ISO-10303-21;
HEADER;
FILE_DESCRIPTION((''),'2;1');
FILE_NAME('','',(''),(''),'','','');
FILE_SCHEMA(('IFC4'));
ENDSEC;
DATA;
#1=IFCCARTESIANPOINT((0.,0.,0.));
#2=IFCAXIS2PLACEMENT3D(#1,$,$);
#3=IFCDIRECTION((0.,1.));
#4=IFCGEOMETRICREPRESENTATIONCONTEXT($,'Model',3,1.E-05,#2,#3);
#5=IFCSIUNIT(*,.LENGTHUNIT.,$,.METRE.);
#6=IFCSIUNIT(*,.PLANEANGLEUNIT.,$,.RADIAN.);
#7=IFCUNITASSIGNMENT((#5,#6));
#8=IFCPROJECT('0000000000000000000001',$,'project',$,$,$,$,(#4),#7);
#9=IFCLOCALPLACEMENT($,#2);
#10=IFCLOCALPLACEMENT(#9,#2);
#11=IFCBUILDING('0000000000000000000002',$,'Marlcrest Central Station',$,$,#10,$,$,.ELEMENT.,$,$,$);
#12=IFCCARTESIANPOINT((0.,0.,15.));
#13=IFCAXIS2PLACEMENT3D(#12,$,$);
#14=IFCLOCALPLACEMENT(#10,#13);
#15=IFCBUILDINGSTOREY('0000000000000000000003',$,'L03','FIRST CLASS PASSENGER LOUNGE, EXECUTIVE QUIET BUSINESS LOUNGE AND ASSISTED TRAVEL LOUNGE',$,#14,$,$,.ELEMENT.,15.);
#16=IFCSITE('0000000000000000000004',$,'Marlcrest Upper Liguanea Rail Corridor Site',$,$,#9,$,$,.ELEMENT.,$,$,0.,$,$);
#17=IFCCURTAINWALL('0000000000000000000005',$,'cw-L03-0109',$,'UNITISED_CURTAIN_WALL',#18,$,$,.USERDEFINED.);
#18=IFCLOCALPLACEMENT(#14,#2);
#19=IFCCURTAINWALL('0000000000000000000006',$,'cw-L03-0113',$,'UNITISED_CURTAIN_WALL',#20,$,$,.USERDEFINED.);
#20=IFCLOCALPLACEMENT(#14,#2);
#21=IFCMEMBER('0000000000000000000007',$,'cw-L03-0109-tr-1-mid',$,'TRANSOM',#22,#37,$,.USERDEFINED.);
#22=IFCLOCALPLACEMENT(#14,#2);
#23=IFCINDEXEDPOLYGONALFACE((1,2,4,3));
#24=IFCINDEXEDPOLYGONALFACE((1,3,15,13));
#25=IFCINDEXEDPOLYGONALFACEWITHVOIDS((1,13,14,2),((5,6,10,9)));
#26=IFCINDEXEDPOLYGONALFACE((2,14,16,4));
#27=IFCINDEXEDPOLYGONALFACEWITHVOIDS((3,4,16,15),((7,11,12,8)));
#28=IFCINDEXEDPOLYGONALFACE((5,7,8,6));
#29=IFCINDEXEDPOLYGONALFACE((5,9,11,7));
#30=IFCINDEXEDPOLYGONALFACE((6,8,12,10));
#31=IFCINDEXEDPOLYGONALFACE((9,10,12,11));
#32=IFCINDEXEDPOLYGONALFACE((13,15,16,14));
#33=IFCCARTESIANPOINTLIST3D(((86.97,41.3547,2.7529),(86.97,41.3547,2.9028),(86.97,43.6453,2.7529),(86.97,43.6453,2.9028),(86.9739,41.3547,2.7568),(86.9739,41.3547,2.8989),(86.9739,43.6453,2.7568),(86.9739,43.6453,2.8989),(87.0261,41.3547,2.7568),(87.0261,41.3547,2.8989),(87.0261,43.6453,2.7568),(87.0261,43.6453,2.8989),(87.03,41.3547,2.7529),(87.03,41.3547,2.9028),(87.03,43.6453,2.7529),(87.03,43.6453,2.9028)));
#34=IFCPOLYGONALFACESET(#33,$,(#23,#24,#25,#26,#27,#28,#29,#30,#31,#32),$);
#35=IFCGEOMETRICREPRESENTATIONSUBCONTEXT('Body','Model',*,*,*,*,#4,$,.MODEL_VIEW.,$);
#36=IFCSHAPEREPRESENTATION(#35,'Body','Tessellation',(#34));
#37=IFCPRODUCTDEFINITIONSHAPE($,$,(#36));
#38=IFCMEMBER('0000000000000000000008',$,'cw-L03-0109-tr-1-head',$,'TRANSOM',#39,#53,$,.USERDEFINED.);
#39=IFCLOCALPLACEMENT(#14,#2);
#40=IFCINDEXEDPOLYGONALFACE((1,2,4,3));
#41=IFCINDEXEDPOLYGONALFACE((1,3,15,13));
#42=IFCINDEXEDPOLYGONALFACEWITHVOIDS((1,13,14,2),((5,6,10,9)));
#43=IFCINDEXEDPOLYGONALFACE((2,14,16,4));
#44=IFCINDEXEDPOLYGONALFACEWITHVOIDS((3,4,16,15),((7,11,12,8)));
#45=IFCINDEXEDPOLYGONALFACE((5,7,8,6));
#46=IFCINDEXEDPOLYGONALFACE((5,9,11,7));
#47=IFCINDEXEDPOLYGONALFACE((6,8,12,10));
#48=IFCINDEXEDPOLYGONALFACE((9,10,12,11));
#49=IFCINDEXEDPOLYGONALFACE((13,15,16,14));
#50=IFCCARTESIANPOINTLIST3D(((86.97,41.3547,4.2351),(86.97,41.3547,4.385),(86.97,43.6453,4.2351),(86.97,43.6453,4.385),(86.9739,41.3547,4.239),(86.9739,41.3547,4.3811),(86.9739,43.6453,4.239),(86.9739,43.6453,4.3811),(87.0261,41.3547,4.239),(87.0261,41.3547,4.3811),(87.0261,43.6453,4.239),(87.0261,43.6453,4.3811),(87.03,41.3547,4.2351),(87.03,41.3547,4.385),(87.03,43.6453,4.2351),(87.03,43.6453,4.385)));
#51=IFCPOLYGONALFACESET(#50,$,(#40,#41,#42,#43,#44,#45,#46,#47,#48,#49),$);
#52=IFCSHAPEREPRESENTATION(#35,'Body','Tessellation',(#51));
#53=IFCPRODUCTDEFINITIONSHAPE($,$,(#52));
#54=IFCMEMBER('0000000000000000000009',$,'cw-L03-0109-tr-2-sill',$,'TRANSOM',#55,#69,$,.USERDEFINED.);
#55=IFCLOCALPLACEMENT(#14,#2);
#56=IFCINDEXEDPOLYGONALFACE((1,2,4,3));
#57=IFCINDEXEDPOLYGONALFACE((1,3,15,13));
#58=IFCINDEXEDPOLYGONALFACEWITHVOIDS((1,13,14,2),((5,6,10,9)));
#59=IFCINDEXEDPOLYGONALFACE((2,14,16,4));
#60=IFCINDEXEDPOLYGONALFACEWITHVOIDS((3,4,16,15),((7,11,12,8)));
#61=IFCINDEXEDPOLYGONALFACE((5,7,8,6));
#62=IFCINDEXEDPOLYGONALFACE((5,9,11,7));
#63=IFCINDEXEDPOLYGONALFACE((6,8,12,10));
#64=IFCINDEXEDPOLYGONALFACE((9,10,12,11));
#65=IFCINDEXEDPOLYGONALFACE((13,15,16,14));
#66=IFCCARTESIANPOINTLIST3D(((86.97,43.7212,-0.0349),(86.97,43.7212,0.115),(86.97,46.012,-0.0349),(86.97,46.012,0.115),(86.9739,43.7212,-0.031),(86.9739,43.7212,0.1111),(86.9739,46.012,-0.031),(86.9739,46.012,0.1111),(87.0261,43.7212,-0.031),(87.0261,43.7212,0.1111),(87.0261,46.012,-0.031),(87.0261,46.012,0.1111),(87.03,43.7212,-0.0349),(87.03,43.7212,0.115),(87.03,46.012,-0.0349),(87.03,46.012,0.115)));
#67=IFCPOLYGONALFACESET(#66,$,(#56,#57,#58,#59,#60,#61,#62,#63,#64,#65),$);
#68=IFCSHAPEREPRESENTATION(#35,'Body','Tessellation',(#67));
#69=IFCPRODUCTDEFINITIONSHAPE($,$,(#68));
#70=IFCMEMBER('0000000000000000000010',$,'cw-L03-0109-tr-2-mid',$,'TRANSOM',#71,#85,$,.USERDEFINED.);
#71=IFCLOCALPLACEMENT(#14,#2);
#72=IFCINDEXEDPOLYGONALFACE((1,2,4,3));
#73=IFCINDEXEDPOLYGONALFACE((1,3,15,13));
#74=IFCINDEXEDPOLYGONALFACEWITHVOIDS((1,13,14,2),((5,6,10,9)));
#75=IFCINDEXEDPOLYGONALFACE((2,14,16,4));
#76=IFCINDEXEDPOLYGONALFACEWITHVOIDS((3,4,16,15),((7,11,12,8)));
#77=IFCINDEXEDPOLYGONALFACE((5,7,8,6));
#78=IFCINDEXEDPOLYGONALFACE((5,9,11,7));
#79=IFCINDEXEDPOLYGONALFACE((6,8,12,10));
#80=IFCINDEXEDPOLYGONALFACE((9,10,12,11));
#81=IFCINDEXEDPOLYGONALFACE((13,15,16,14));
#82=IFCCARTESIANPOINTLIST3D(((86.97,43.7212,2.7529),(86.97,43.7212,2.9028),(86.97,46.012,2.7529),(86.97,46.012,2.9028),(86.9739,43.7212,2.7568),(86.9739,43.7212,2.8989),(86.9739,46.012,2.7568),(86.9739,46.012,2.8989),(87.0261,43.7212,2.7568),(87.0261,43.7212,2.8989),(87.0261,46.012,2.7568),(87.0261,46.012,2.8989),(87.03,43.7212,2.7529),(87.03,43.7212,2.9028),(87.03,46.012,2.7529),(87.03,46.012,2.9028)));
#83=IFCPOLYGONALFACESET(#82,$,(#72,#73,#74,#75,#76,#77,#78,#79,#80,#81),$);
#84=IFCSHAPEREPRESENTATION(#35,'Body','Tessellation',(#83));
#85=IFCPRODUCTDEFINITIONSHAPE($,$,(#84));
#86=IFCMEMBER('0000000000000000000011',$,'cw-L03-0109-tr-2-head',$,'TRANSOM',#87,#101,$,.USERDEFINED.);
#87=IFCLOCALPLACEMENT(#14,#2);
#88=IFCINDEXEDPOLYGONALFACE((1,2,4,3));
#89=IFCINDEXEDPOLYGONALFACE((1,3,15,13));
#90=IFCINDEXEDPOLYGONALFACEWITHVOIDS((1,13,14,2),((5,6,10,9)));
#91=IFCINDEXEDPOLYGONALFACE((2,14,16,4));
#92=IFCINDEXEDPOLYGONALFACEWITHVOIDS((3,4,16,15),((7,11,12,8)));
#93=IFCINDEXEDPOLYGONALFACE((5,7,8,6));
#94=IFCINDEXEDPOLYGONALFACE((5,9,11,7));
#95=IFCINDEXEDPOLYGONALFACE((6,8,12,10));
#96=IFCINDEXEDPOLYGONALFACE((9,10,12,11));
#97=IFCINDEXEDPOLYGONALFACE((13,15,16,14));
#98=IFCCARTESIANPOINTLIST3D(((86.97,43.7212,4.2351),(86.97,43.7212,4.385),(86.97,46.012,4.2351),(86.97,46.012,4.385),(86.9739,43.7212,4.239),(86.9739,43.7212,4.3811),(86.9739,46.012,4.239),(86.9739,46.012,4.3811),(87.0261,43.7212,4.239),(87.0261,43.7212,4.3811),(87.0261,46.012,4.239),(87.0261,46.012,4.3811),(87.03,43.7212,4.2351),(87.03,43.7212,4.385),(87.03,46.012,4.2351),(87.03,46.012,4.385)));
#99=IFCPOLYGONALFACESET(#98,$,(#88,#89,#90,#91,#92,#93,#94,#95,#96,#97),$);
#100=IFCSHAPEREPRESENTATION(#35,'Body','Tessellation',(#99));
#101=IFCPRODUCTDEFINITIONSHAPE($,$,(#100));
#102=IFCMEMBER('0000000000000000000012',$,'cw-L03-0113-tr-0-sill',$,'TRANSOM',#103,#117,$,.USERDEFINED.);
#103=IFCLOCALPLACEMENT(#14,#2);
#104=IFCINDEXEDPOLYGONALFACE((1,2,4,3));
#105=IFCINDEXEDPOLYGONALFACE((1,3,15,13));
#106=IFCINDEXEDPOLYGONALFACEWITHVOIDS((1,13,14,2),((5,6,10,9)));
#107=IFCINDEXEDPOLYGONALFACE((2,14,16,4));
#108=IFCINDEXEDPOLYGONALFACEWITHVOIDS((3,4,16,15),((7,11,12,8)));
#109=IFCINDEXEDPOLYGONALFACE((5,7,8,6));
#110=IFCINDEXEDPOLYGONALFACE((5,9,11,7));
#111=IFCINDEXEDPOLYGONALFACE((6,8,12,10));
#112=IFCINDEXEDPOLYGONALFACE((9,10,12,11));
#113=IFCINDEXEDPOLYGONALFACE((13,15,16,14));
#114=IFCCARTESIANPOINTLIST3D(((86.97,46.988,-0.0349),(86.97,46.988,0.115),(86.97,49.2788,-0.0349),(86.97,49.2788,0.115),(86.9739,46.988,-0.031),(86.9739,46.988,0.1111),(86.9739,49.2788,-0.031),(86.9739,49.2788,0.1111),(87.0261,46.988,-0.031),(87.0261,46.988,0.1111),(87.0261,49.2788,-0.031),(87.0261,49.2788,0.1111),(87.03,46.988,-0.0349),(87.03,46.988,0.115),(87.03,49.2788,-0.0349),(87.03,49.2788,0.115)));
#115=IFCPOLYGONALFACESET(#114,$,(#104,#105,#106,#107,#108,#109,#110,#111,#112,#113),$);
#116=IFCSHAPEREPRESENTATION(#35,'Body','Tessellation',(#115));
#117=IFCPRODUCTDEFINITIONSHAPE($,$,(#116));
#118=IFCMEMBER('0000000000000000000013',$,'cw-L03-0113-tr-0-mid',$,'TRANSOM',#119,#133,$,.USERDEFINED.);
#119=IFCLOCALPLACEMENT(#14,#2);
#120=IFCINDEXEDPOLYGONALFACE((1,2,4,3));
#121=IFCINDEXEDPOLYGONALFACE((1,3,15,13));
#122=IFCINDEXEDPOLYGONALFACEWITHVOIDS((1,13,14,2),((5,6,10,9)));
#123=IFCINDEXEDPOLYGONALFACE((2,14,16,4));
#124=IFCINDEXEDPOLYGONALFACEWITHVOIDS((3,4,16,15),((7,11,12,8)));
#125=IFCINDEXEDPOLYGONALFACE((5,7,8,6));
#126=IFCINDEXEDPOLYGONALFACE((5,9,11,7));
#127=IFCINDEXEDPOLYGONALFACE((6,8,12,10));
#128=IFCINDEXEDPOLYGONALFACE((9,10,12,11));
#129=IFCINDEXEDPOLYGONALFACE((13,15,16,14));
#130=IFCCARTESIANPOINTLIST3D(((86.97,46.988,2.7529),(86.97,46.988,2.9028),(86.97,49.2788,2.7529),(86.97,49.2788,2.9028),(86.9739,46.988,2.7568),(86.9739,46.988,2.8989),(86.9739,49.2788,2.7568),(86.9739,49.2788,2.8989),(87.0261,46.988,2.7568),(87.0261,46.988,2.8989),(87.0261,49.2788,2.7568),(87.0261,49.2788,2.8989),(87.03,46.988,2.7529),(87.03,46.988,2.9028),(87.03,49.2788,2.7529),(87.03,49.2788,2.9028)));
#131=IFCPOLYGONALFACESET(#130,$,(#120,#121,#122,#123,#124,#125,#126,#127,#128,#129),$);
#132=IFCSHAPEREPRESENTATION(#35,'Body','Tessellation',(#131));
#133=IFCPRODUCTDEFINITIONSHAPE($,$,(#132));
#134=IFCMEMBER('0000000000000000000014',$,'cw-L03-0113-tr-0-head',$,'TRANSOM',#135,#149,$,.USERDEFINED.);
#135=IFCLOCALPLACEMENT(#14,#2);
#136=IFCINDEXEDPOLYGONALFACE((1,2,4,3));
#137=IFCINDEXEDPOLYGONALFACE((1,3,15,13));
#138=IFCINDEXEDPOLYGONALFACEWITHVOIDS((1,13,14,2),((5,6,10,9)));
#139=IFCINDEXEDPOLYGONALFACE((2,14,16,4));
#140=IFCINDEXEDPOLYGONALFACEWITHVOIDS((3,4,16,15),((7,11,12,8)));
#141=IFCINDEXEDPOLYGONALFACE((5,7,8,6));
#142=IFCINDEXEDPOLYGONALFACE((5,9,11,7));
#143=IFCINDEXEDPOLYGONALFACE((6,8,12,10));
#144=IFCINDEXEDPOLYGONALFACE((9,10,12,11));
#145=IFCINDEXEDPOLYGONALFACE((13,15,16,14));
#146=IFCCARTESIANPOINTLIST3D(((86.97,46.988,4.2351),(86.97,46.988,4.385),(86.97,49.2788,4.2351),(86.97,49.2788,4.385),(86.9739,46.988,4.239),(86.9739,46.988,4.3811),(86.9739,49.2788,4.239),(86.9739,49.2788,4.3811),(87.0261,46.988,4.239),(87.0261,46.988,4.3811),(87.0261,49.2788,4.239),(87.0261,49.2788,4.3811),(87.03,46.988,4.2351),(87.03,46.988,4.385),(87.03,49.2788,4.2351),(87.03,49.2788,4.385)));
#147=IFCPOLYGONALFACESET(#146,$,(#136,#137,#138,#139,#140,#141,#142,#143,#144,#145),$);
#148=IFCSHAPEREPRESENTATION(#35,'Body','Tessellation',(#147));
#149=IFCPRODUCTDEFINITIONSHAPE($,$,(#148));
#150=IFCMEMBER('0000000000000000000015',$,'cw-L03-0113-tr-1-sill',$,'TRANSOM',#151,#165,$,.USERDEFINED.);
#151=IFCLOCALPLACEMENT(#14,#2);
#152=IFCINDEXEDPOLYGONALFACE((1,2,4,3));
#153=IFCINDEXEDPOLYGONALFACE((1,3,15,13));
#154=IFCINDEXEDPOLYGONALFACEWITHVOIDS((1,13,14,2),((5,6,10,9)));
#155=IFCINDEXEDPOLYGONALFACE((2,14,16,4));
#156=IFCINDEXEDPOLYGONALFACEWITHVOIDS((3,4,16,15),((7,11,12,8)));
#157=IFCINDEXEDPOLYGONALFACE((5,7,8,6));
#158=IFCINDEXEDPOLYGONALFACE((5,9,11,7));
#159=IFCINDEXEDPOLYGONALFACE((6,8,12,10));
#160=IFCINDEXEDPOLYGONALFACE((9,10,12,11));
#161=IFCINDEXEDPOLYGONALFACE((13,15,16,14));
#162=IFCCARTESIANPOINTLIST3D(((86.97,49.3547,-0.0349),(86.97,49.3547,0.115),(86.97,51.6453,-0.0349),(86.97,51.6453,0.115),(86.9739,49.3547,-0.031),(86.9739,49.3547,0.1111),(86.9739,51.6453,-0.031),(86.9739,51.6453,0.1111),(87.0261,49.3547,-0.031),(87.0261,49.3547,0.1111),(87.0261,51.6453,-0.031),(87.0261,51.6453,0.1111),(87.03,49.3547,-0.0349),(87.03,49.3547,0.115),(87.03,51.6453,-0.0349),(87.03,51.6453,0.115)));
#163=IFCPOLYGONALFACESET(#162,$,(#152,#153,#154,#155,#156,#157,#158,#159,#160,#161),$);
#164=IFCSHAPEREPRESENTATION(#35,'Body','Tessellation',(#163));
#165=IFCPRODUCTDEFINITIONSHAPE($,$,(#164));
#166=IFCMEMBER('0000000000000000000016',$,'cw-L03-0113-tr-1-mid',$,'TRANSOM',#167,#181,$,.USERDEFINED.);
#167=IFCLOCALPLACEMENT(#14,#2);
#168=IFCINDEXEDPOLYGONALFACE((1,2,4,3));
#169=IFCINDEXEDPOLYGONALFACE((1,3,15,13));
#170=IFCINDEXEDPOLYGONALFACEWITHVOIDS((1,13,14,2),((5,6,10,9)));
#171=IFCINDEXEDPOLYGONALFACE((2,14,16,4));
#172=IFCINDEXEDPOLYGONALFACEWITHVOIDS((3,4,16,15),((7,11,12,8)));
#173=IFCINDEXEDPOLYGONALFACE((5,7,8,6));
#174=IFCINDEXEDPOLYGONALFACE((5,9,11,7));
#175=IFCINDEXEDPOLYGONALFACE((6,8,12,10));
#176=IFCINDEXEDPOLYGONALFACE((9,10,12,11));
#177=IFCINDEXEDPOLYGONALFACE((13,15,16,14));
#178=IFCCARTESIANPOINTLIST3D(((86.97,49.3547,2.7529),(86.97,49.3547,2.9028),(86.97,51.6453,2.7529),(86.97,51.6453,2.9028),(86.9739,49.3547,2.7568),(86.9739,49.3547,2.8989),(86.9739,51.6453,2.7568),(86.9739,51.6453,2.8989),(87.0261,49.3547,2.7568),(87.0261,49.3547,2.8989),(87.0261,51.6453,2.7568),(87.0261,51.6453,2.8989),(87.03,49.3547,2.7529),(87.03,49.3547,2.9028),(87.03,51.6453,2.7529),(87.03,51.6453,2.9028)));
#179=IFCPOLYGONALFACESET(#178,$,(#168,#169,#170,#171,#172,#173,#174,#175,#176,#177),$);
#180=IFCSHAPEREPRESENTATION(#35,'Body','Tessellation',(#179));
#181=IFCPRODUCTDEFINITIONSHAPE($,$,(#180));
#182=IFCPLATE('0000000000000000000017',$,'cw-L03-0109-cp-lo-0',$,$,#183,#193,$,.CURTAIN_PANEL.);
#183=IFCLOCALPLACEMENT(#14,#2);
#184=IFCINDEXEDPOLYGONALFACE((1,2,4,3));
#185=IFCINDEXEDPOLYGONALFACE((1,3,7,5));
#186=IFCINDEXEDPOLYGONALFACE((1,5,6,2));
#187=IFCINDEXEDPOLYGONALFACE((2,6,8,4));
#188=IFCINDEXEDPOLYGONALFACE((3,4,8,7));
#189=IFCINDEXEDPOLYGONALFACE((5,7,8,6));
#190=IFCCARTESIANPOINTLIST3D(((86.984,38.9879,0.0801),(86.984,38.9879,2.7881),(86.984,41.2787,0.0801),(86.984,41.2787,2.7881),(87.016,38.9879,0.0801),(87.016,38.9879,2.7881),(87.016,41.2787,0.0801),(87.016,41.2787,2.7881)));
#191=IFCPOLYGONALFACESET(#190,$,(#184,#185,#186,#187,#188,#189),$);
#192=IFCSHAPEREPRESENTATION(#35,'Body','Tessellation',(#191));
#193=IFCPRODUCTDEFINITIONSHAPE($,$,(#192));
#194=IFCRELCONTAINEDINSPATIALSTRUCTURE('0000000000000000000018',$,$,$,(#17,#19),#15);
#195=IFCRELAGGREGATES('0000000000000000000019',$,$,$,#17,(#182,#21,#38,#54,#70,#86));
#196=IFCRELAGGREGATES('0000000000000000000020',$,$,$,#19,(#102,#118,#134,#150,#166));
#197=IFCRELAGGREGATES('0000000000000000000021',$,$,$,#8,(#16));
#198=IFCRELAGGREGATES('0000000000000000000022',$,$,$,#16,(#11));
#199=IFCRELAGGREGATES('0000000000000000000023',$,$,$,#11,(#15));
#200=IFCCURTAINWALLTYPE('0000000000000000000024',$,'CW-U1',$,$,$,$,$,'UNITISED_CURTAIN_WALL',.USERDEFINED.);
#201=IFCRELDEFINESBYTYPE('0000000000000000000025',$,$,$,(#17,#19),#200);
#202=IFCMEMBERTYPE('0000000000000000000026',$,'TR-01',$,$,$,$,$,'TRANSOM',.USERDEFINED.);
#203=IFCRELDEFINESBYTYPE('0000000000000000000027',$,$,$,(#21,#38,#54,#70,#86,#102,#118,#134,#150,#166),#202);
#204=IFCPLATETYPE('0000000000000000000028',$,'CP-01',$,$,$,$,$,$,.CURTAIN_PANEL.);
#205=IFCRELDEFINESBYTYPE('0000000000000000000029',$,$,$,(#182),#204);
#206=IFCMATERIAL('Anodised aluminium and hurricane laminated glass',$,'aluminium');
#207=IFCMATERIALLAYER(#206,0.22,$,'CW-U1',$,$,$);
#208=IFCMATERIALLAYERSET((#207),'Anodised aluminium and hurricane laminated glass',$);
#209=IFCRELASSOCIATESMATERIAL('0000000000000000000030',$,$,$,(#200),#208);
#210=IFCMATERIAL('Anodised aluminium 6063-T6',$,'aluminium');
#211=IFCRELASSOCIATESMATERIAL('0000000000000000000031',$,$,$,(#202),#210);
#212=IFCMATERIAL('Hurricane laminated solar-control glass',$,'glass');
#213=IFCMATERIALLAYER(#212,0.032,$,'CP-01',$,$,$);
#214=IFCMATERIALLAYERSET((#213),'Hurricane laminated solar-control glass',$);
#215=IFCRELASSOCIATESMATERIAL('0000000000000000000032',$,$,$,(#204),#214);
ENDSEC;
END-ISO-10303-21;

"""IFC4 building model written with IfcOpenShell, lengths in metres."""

from ifc_helpers import new_model, si_unit, direction, frame, origin, origin_2d, place, context, subcontext, project, spatial, rectangle, hollow_rectangle, extrude, material, layer, layer_set, material_profile, profile_set, type_object, element, aggregate, save


model = new_model("IFC4")

# Units and contexts
model_context = context("Model", 3, precision=1e-05, world=origin(), true_north=direction((0.0, 1.0)))
body_context = subcontext(model_context, "Body", "Model", "MODEL_VIEW")
ifc_project = project(units=[si_unit("LENGTHUNIT", "METRE"), si_unit("PLANEANGLEUNIT", "RADIAN")], contexts=[model_context])

# Site, building, storey
site_placement = place(None, origin())
site = spatial("IfcSite", under=ifc_project, at=site_placement, Name="Marlcrest Upper Liguanea Rail Corridor Site", CompositionType="ELEMENT", RefElevation=0.0)
building_placement = place(site_placement, origin())
building = spatial("IfcBuilding", under=site, at=building_placement, Name="Marlcrest Central Station", CompositionType="ELEMENT")
storey_placement = place(building_placement, frame((0.0, 0.0, 15.0)))
storey = spatial("IfcBuildingStorey", under=building, at=storey_placement, Name="L03", Description="FIRST CLASS PASSENGER LOUNGE, EXECUTIVE QUIET BUSINESS LOUNGE AND ASSISTED TRAVEL LOUNGE", CompositionType="ELEMENT", Elevation=15.0)

# Shared definitions
ifc_material_1 = material(Name="Anodised aluminium and hurricane laminated glass", Category="aluminium")
ifc_layer_1 = layer(ifc_material_1, 0.22, Name="CW-U1")
ifc_layer_set_1 = layer_set([ifc_layer_1], Name="Anodised aluminium and hurricane laminated glass")
curtain_wall_type = type_object("IfcCurtainWallType", Name="CW-U1", ElementType="UNITISED_CURTAIN_WALL", PredefinedType="USERDEFINED", material=ifc_layer_set_1)
ifc_material_2 = material(Name="Anodised aluminium 6063-T6", Category="aluminium")

# Curtain walls
curtain_wall_1_placement = place(storey_placement, origin())
curtain_wall_1 = element("IfcCurtainWall", 1, at=curtain_wall_1_placement, inside=storey, type_object=curtain_wall_type, Name="cw-L03-0109", ObjectType="UNITISED_CURTAIN_WALL", PredefinedType="USERDEFINED")
curtain_wall_2_placement = place(storey_placement, origin())
curtain_wall_2 = element("IfcCurtainWall", 2, at=curtain_wall_2_placement, inside=storey, type_object=curtain_wall_type, Name="cw-L03-0113", ObjectType="UNITISED_CURTAIN_WALL", PredefinedType="USERDEFINED")

# Members
ifc_material_profile_1 = material_profile(ifc_material_2, hollow_rectangle(XDim=0.0601, YDim=0.1499, WallThickness=0.0039, at=origin_2d()), Name="AA-RHS 150x60x4")
ifc_profile_set_1 = profile_set([ifc_material_profile_1], Name="Anodised aluminium 6063-T6")
member_type_1 = type_object("IfcMemberType", Name="TR-01", ElementType="TRANSOM", PredefinedType="USERDEFINED", material=ifc_profile_set_1)
member_1_placement = place(storey_placement, frame((87.0, 41.3547, 2.8279), z_axis=(0.0, 1.0, 0.0), x_axis=(-1.0, 0.0, 0.0)))
member_1 = element("IfcMember", 3, at=member_1_placement, type_object=member_type_1, Name="cw-L03-0109-tr-1-mid", ObjectType="TRANSOM", PredefinedType="USERDEFINED", context=body_context, shape_type="SweptSolid", body=[
    extrude(hollow_rectangle(XDim=0.0601, YDim=0.1499, WallThickness=0.0039, at=origin_2d()), origin(), (0.0, 0.0, 1.0), 2.2905),
])
member_2_placement = place(storey_placement, frame((87.0, 41.3547, 4.3101), z_axis=(0.0, 1.0, 0.0), x_axis=(-1.0, 0.0, 0.0)))
member_2 = element("IfcMember", 4, at=member_2_placement, type_object=member_type_1, Name="cw-L03-0109-tr-1-head", ObjectType="TRANSOM", PredefinedType="USERDEFINED", context=body_context, shape_type="SweptSolid", body=[
    extrude(hollow_rectangle(XDim=0.0601, YDim=0.1499, WallThickness=0.0039, at=origin_2d()), origin(), (0.0, 0.0, 1.0), 2.2905),
])
member_3_placement = place(storey_placement, frame((87.0, 43.7212, 0.04), z_axis=(0.0, 1.0, 0.0), x_axis=(-1.0, 0.0, 0.0)))
member_3 = element("IfcMember", 5, at=member_3_placement, type_object=member_type_1, Name="cw-L03-0109-tr-2-sill", ObjectType="TRANSOM", PredefinedType="USERDEFINED", context=body_context, shape_type="SweptSolid", body=[
    extrude(hollow_rectangle(XDim=0.0601, YDim=0.1499, WallThickness=0.0039, at=origin_2d()), origin(), (0.0, 0.0, 1.0), 2.2908),
])
member_4_placement = place(storey_placement, frame((87.0, 43.7212, 2.8279), z_axis=(0.0, 1.0, 0.0), x_axis=(-1.0, 0.0, 0.0)))
member_4 = element("IfcMember", 6, at=member_4_placement, type_object=member_type_1, Name="cw-L03-0109-tr-2-mid", ObjectType="TRANSOM", PredefinedType="USERDEFINED", context=body_context, shape_type="SweptSolid", body=[
    extrude(hollow_rectangle(XDim=0.0601, YDim=0.1499, WallThickness=0.0039, at=origin_2d()), origin(), (0.0, 0.0, 1.0), 2.2908),
])
member_5_placement = place(storey_placement, frame((87.0, 43.7212, 4.3101), z_axis=(0.0, 1.0, 0.0), x_axis=(-1.0, 0.0, 0.0)))
member_5 = element("IfcMember", 7, at=member_5_placement, type_object=member_type_1, Name="cw-L03-0109-tr-2-head", ObjectType="TRANSOM", PredefinedType="USERDEFINED", context=body_context, shape_type="SweptSolid", body=[
    extrude(hollow_rectangle(XDim=0.0601, YDim=0.1499, WallThickness=0.0039, at=origin_2d()), origin(), (0.0, 0.0, 1.0), 2.2908),
])
member_6_placement = place(storey_placement, frame((87.0, 46.988, 0.04), z_axis=(0.0, 1.0, 0.0), x_axis=(-1.0, 0.0, 0.0)))
member_6 = element("IfcMember", 8, at=member_6_placement, type_object=member_type_1, Name="cw-L03-0113-tr-0-sill", ObjectType="TRANSOM", PredefinedType="USERDEFINED", context=body_context, shape_type="SweptSolid", body=[
    extrude(hollow_rectangle(XDim=0.0601, YDim=0.1499, WallThickness=0.0039, at=origin_2d()), origin(), (0.0, 0.0, 1.0), 2.2908),
])
member_7_placement = place(storey_placement, frame((87.0, 46.988, 2.8279), z_axis=(0.0, 1.0, 0.0), x_axis=(-1.0, 0.0, 0.0)))
member_7 = element("IfcMember", 9, at=member_7_placement, type_object=member_type_1, Name="cw-L03-0113-tr-0-mid", ObjectType="TRANSOM", PredefinedType="USERDEFINED", context=body_context, shape_type="SweptSolid", body=[
    extrude(hollow_rectangle(XDim=0.0601, YDim=0.1499, WallThickness=0.0039, at=origin_2d()), origin(), (0.0, 0.0, 1.0), 2.2908),
])
member_8_placement = place(storey_placement, frame((87.0, 46.988, 4.3101), z_axis=(0.0, 1.0, 0.0), x_axis=(-1.0, 0.0, 0.0)))
member_8 = element("IfcMember", 10, at=member_8_placement, type_object=member_type_1, Name="cw-L03-0113-tr-0-head", ObjectType="TRANSOM", PredefinedType="USERDEFINED", context=body_context, shape_type="SweptSolid", body=[
    extrude(hollow_rectangle(XDim=0.0601, YDim=0.1499, WallThickness=0.0039, at=origin_2d()), origin(), (0.0, 0.0, 1.0), 2.2908),
])
member_9_placement = place(storey_placement, frame((87.0, 49.3547, 0.04), z_axis=(0.0, 1.0, 0.0), x_axis=(-1.0, 0.0, 0.0)))
member_9 = element("IfcMember", 11, at=member_9_placement, type_object=member_type_1, Name="cw-L03-0113-tr-1-sill", ObjectType="TRANSOM", PredefinedType="USERDEFINED", context=body_context, shape_type="SweptSolid", body=[
    extrude(hollow_rectangle(XDim=0.0601, YDim=0.1499, WallThickness=0.0039, at=origin_2d()), origin(), (0.0, 0.0, 1.0), 2.2905),
])
member_10_placement = place(storey_placement, frame((87.0, 49.3547, 2.8279), z_axis=(0.0, 1.0, 0.0), x_axis=(-1.0, 0.0, 0.0)))
member_10 = element("IfcMember", 12, at=member_10_placement, type_object=member_type_1, Name="cw-L03-0113-tr-1-mid", ObjectType="TRANSOM", PredefinedType="USERDEFINED", context=body_context, shape_type="SweptSolid", body=[
    extrude(hollow_rectangle(XDim=0.0601, YDim=0.1499, WallThickness=0.0039, at=origin_2d()), origin(), (0.0, 0.0, 1.0), 2.2905),
])

# Plate
ifc_material_3 = material(Name="Hurricane laminated solar-control glass", Category="glass")
ifc_layer_2 = layer(ifc_material_3, 0.032, Name="CP-01")
ifc_layer_set_2 = layer_set([ifc_layer_2], Name="Hurricane laminated solar-control glass")
plate_type_1 = type_object("IfcPlateType", Name="CP-01", PredefinedType="CURTAIN_PANEL", material=ifc_layer_set_2)
plate_1_placement = place(storey_placement, frame((87.0, 40.1333, 0.0801), z_axis=(0.0, 0.0, 1.0), x_axis=(0.0, 1.0, 0.0)))
plate_1 = element("IfcPlate", 13, at=plate_1_placement, type_object=plate_type_1, Name="cw-L03-0109-cp-lo-0", PredefinedType="CURTAIN_PANEL", context=body_context, shape_type="SweptSolid", body=[
    extrude(rectangle(XDim=2.2908, YDim=0.032, at=origin_2d()), origin(), (0.0, 0.0, 1.0), 2.708),
])
aggregate(curtain_wall_1, [plate_1, member_1, member_2, member_3, member_4, member_5])
aggregate(curtain_wall_2, [member_6, member_7, member_8, member_9, member_10])

save(model, "model.ifc")
